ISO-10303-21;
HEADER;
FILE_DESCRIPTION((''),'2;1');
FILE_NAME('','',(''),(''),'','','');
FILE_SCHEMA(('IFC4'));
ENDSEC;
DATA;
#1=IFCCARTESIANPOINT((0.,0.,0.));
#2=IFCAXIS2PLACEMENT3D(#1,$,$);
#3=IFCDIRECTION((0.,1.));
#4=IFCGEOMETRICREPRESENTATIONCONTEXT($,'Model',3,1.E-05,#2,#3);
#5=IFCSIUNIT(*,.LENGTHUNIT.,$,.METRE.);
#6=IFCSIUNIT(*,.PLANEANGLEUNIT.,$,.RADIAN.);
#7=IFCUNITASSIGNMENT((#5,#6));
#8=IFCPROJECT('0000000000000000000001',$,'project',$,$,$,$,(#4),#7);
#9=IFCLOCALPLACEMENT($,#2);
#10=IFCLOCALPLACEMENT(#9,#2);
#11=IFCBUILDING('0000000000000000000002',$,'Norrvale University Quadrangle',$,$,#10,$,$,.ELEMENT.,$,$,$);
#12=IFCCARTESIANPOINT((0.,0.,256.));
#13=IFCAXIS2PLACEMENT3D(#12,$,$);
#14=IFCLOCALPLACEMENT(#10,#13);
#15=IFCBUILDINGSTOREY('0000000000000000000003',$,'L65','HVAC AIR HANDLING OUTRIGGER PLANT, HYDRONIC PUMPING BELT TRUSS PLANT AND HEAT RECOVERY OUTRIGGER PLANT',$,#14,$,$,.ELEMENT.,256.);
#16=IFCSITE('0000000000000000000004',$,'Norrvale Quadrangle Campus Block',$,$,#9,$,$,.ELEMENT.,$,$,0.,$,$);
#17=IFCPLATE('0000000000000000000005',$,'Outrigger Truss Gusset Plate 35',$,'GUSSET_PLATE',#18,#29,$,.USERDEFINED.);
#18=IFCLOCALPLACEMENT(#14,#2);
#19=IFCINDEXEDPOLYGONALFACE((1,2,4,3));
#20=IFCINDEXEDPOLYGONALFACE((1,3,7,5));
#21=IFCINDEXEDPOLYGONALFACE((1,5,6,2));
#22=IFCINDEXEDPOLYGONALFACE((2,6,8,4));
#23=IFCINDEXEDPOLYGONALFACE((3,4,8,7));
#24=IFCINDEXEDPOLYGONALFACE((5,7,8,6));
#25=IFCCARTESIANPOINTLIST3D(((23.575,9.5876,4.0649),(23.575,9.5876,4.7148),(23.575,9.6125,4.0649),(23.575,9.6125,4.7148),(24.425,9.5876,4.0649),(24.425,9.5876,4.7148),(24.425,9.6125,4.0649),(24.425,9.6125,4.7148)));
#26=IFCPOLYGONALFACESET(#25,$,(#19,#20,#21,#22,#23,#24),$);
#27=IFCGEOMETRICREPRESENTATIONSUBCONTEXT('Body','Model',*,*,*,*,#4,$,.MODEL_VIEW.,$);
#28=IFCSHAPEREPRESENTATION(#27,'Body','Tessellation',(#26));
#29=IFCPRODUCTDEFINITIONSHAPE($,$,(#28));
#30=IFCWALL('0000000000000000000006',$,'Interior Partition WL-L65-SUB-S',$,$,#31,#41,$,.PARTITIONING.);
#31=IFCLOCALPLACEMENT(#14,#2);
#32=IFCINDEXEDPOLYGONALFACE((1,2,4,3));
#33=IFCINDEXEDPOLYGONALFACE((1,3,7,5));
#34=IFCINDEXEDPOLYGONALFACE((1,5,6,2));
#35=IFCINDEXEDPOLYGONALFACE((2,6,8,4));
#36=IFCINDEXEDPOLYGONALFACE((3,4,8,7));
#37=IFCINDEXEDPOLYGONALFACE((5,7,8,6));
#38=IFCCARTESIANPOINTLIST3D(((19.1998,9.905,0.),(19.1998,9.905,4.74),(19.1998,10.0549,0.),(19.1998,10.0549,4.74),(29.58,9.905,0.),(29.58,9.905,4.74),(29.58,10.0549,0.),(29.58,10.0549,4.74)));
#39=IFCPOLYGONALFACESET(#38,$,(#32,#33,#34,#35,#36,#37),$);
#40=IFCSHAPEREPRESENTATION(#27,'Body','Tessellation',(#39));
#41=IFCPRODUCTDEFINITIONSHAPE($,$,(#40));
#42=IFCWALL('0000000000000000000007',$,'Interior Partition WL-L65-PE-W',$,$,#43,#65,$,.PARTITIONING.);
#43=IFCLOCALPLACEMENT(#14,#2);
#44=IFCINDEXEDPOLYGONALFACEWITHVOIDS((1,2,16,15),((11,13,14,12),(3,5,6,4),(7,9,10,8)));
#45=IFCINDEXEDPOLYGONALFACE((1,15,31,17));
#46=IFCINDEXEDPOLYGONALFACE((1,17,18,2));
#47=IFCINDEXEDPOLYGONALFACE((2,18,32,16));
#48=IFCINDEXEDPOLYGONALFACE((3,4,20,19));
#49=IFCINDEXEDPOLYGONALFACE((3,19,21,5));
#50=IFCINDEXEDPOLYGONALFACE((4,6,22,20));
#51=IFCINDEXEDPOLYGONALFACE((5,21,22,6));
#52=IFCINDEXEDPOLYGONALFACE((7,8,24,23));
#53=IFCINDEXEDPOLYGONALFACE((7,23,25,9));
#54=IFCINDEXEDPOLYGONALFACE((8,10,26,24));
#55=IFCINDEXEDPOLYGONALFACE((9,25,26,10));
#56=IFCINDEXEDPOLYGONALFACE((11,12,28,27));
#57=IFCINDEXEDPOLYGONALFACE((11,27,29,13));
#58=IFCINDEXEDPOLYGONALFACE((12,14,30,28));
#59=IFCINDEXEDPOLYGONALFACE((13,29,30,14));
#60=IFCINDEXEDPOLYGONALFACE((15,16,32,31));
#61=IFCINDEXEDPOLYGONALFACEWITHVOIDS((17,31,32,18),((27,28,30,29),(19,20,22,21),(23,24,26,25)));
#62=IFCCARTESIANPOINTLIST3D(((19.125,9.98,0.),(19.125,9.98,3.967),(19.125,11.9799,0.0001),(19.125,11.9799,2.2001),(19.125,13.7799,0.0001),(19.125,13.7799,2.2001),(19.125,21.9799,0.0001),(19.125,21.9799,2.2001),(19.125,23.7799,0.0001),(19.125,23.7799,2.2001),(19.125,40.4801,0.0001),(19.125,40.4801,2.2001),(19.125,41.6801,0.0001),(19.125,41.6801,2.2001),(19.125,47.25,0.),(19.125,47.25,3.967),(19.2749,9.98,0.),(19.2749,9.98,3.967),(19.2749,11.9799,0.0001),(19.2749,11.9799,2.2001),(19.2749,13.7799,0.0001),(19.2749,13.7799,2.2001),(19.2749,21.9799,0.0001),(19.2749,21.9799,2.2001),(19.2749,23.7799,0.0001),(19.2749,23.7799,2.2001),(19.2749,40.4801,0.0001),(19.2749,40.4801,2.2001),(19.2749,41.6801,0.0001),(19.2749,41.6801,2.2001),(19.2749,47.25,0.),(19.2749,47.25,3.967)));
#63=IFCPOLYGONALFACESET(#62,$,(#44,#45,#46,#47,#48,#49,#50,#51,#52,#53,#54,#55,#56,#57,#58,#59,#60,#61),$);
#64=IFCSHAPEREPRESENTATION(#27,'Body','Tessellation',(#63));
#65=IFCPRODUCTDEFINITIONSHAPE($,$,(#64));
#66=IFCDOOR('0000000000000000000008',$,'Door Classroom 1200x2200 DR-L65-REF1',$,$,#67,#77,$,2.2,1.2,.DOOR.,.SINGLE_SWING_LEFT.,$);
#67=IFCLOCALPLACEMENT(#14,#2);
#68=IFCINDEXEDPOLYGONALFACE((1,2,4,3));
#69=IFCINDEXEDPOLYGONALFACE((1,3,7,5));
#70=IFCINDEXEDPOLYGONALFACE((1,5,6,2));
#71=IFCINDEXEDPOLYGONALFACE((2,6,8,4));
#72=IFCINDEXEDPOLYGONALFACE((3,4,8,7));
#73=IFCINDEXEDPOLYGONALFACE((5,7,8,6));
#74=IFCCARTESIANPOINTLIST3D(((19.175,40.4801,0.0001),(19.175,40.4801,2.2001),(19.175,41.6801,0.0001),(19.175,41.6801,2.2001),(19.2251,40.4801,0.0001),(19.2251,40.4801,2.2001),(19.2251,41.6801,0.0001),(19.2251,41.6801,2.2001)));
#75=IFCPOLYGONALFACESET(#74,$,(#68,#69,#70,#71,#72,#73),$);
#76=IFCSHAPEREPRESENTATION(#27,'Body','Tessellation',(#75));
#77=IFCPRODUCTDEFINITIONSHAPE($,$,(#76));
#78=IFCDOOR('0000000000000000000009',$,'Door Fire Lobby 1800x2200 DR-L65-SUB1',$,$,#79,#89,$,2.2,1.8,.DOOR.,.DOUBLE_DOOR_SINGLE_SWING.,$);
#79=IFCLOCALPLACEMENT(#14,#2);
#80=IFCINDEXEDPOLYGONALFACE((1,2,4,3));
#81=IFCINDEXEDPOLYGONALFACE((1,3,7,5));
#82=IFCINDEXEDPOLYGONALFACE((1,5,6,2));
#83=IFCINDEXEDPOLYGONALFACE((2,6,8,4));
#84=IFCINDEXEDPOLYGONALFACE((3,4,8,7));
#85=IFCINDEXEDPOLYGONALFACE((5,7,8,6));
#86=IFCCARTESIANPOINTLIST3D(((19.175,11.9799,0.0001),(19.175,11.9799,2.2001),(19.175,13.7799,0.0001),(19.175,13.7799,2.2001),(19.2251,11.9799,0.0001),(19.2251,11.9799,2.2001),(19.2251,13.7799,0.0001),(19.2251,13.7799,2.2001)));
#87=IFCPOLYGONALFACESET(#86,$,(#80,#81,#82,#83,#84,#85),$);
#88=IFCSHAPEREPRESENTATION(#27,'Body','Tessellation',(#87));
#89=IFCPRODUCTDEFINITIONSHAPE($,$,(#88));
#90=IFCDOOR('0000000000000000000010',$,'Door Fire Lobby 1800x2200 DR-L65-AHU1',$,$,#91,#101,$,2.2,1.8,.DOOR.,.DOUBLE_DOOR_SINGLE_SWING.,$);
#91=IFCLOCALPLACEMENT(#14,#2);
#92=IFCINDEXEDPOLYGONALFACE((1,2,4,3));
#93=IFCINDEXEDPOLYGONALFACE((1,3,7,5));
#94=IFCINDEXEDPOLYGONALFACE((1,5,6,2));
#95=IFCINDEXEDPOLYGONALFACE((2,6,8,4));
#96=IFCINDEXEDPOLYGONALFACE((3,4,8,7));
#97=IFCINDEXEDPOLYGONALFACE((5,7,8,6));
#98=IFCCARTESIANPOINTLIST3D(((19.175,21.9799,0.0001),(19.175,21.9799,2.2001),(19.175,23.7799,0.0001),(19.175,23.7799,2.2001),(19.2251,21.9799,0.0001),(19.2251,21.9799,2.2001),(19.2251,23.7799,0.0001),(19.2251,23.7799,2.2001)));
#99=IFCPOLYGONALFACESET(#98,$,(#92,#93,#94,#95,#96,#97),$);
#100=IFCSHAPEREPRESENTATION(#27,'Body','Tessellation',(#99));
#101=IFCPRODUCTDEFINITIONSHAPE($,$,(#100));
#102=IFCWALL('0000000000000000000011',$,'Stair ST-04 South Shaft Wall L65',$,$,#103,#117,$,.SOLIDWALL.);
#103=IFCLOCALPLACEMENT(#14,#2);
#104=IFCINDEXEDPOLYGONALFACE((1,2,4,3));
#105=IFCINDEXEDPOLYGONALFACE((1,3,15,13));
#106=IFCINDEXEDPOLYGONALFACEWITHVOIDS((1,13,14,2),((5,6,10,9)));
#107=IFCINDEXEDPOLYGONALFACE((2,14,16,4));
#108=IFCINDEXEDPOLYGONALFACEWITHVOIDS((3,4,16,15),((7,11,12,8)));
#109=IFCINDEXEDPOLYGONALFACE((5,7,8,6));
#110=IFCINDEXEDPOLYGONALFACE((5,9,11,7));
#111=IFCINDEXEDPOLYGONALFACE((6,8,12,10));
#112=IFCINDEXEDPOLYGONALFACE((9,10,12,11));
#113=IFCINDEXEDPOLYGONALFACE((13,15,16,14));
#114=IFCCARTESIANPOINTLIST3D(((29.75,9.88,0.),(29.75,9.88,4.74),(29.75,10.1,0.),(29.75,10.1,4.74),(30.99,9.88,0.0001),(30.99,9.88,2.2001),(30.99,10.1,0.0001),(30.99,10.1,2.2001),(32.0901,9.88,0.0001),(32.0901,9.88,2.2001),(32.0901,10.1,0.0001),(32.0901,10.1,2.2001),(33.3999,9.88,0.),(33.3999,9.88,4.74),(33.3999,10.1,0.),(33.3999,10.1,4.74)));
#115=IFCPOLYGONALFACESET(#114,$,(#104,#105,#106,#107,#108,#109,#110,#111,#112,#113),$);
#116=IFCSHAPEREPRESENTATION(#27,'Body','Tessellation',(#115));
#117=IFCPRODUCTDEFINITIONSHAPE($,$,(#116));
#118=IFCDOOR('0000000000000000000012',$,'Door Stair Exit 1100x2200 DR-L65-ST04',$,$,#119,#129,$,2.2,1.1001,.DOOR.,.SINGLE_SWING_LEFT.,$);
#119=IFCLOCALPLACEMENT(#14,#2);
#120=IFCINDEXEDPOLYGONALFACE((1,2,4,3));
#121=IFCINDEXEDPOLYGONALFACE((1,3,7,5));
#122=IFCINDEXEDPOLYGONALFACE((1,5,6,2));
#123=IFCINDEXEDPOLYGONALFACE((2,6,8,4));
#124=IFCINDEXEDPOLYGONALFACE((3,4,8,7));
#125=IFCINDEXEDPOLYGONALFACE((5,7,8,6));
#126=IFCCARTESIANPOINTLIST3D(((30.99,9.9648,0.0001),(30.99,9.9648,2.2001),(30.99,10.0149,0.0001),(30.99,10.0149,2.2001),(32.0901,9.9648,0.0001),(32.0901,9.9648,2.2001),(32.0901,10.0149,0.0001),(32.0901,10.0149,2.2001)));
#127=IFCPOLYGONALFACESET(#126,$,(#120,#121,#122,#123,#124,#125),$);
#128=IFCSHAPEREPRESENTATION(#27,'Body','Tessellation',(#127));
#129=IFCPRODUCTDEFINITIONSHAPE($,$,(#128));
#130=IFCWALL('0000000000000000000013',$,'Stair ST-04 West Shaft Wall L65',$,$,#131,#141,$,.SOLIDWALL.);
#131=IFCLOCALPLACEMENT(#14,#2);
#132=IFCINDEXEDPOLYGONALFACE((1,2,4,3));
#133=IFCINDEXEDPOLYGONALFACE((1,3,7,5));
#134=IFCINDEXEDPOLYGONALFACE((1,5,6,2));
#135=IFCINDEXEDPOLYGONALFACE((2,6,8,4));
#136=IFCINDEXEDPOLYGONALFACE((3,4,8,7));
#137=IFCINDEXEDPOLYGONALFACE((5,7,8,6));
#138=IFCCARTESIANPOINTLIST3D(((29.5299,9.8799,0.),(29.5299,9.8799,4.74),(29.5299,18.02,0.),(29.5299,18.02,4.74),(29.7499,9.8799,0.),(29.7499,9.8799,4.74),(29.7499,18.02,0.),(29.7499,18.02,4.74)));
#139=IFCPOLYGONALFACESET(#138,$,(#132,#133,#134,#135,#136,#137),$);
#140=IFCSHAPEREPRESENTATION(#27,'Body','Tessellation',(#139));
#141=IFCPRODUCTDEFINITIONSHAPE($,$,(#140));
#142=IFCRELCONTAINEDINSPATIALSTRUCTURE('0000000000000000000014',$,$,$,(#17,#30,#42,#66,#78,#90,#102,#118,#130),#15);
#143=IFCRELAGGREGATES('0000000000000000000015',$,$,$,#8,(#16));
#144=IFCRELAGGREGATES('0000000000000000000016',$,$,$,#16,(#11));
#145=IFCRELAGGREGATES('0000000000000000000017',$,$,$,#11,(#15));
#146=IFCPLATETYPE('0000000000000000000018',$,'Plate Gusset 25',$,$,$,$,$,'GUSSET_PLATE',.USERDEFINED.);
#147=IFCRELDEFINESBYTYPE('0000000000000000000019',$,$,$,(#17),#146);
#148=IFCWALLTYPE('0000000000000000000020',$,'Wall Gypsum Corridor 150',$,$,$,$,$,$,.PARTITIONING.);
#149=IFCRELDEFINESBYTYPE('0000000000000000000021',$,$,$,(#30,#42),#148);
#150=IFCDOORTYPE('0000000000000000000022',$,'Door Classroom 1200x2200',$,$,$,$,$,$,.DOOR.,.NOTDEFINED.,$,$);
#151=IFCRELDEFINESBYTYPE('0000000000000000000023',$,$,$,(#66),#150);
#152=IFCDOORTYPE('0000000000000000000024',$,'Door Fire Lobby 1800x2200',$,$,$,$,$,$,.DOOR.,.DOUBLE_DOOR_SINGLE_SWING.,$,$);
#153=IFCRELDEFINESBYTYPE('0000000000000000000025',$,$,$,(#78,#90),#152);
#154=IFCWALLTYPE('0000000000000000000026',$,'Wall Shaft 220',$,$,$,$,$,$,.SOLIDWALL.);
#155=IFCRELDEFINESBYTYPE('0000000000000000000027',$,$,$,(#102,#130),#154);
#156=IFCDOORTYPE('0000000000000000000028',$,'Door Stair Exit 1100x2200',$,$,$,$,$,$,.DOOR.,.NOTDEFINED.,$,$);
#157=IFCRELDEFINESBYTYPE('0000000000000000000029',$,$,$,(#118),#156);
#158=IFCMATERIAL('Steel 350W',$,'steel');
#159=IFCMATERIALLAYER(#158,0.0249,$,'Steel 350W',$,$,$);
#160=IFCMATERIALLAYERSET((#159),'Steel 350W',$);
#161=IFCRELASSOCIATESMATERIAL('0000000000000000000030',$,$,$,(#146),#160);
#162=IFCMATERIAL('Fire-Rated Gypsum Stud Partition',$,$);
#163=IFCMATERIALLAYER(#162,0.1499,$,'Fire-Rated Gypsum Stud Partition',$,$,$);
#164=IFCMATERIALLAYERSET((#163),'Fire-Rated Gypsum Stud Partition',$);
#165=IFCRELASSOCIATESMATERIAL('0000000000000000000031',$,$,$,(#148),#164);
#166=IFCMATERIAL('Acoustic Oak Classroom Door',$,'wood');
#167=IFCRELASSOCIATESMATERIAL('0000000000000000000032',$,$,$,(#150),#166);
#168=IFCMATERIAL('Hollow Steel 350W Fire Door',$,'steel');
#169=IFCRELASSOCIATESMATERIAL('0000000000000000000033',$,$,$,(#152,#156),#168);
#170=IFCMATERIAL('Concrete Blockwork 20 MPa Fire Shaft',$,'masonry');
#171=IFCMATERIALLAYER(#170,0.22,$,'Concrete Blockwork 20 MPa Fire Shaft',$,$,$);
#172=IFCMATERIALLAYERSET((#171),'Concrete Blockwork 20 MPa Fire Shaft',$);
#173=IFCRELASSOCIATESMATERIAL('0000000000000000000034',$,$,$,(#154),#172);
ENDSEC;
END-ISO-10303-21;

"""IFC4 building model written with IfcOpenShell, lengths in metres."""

from ifc_helpers import new_model, si_unit, direction, frame, frame_2d, origin, origin_2d, place, context, subcontext, project, spatial, rectangle, extrude, material, layer, layer_set, type_object, element, fill, save


model = new_model("IFC4")

# Units and contexts
model_context = context("Model", 3, precision=1e-05, world=origin(), true_north=direction((0.0, 1.0)))
body_context = subcontext(model_context, "Body", "Model", "MODEL_VIEW")
ifc_project = project(units=[si_unit("LENGTHUNIT", "METRE"), si_unit("PLANEANGLEUNIT", "RADIAN")], contexts=[model_context])

# Site, building, storey
site_placement = place(None, origin())
site = spatial("IfcSite", under=ifc_project, at=site_placement, Name="Norrvale Quadrangle Campus Block", CompositionType="ELEMENT", RefElevation=0.0)
building_placement = place(site_placement, origin())
building = spatial("IfcBuilding", under=site, at=building_placement, Name="Norrvale University Quadrangle", CompositionType="ELEMENT")
storey_placement = place(building_placement, frame((0.0, 0.0, 256.0)))
storey = spatial("IfcBuildingStorey", under=building, at=storey_placement, Name="L65", Description="HVAC AIR HANDLING OUTRIGGER PLANT, HYDRONIC PUMPING BELT TRUSS PLANT AND HEAT RECOVERY OUTRIGGER PLANT", CompositionType="ELEMENT", Elevation=256.0)

# Shared definitions
ifc_material_1 = material(Name="Steel 350W", Category="steel")

# Plate
ifc_layer_1 = layer(ifc_material_1, 0.0249, Name="Steel 350W")
ifc_layer_set_1 = layer_set([ifc_layer_1], Name="Steel 350W")
plate_type = type_object("IfcPlateType", Name="Plate Gusset 25", ElementType="GUSSET_PLATE", PredefinedType="USERDEFINED", material=ifc_layer_set_1)
plate_placement = place(storey_placement, frame((24.0, 9.6001, 4.0649), z_axis=(0.0, 0.0, 1.0), x_axis=(1.0, 0.0, 0.0)))
element("IfcPlate", 1, at=plate_placement, inside=storey, type_object=plate_type, Name="Outrigger Truss Gusset Plate 35", ObjectType="GUSSET_PLATE", PredefinedType="USERDEFINED", context=body_context, shape_type="SweptSolid", body=[
    extrude(rectangle(XDim=0.8501, YDim=0.0249, at=origin_2d()), origin(), (0.0, 0.0, 1.0), 0.6499),
])

# Wall
ifc_material_2 = material(Name="Fire-Rated Gypsum Stud Partition")
ifc_layer_2 = layer(ifc_material_2, 0.1499, Name="Fire-Rated Gypsum Stud Partition")
ifc_layer_set_2 = layer_set([ifc_layer_2], Name="Fire-Rated Gypsum Stud Partition")
wall_type_1 = type_object("IfcWallType", Name="Wall Gypsum Corridor 150", PredefinedType="PARTITIONING", material=ifc_layer_set_2)
wall_1_placement = place(storey_placement, frame((19.2, 9.98, 0.0), z_axis=(0.0, 0.0, 1.0), x_axis=(1.0, 0.0, 0.0)))
element("IfcWall", 2, at=wall_1_placement, inside=storey, type_object=wall_type_1, Name="Interior Partition WL-L65-SUB-S", PredefinedType="PARTITIONING", context=body_context, shape_type="SweptSolid", body=[
    extrude(rectangle(XDim=10.3801, YDim=0.1499, at=frame_2d((5.1899, 0.0))), origin(), (0.0, 0.0, 1.0), 4.74),
])

# Wall, openings, doors
wall_2_placement = place(storey_placement, frame((19.2, 9.98, 0.0), z_axis=(0.0, 0.0, 1.0), x_axis=(0.0, 1.0, 0.0)))
wall_2 = element("IfcWall", 3, at=wall_2_placement, inside=storey, type_object=wall_type_1, Name="Interior Partition WL-L65-PE-W", PredefinedType="PARTITIONING", context=body_context, shape_type="SweptSolid", body=[
    extrude(rectangle(XDim=37.27, YDim=0.1499, at=frame_2d((18.635, 0.0))), origin(), (0.0, 0.0, 1.0), 3.967),
])
opening_1_placement = place(wall_2_placement, frame((2.0, 0.0, 0.0)))
opening_1 = element("IfcOpeningElement", 4, at=opening_1_placement, cuts=wall_2, PredefinedType="OPENING", context=body_context, shape_type="SweptSolid", body=[
    extrude(rectangle(XDim=1.8, YDim=2.2, at=frame_2d((0.8999, 1.1001))), frame((0.0, 0.0869, 0.0), z_axis=(0.0, -1.0, 0.0), x_axis=(1.0, 0.0, 0.0)), (0.0, 0.0, 1.0), 0.1738),
])
opening_2_placement = place(wall_2_placement, frame((12.0, 0.0, 0.0)))
opening_2 = element("IfcOpeningElement", 5, at=opening_2_placement, cuts=wall_2, PredefinedType="OPENING", context=body_context, shape_type="SweptSolid", body=[
    extrude(rectangle(XDim=1.8, YDim=2.2, at=frame_2d((0.8999, 1.1001))), frame((0.0, 0.0869, 0.0), z_axis=(0.0, -1.0, 0.0), x_axis=(1.0, 0.0, 0.0)), (0.0, 0.0, 1.0), 0.1738),
])
opening_3_placement = place(wall_2_placement, frame((30.5, 0.0, 0.0)))
opening_3 = element("IfcOpeningElement", 6, at=opening_3_placement, cuts=wall_2, PredefinedType="OPENING", context=body_context, shape_type="SweptSolid", body=[
    extrude(rectangle(XDim=1.2, YDim=2.2, at=frame_2d((0.6001, 1.1001))), frame((0.0, 0.0869, 0.0), z_axis=(0.0, -1.0, 0.0), x_axis=(1.0, 0.0, 0.0)), (0.0, 0.0, 1.0), 0.1738),
])
ifc_material_3 = material(Name="Acoustic Oak Classroom Door", Category="wood")
door_type_1 = type_object("IfcDoorType", Name="Door Classroom 1200x2200", OperationType="NOTDEFINED", PredefinedType="DOOR", material=ifc_material_3)
door_1_placement = place(opening_3_placement, origin())
door_1 = element("IfcDoor", 7, at=door_1_placement, inside=storey, type_object=door_type_1, Name="Door Classroom 1200x2200 DR-L65-REF1", OperationType="SINGLE_SWING_LEFT", OverallHeight=2.2, OverallWidth=1.2, PredefinedType="DOOR", context=body_context, shape_type="SweptSolid", body=[
    extrude(rectangle(XDim=1.2, YDim=2.2, at=frame_2d((0.6001, 1.1001))), frame((0.0, 0.0249, 0.0), z_axis=(0.0, -1.0, 0.0), x_axis=(1.0, 0.0, 0.0)), (0.0, 0.0, 1.0), 0.05),
])
fill(opening_3, door_1)
ifc_material_4 = material(Name="Hollow Steel 350W Fire Door", Category="steel")
door_type_2 = type_object("IfcDoorType", Name="Door Fire Lobby 1800x2200", OperationType="DOUBLE_DOOR_SINGLE_SWING", PredefinedType="DOOR", material=ifc_material_4)
door_2_placement = place(opening_1_placement, origin())
door_2 = element("IfcDoor", 8, at=door_2_placement, inside=storey, type_object=door_type_2, Name="Door Fire Lobby 1800x2200 DR-L65-SUB1", OperationType="DOUBLE_DOOR_SINGLE_SWING", OverallHeight=2.2, OverallWidth=1.8, PredefinedType="DOOR", context=body_context, shape_type="SweptSolid", body=[
    extrude(rectangle(XDim=1.8, YDim=2.2, at=frame_2d((0.8999, 1.1001))), frame((0.0, 0.0249, 0.0), z_axis=(0.0, -1.0, 0.0), x_axis=(1.0, 0.0, 0.0)), (0.0, 0.0, 1.0), 0.05),
])
fill(opening_1, door_2)
door_3_placement = place(opening_2_placement, origin())
door_3 = element("IfcDoor", 9, at=door_3_placement, inside=storey, type_object=door_type_2, Name="Door Fire Lobby 1800x2200 DR-L65-AHU1", OperationType="DOUBLE_DOOR_SINGLE_SWING", OverallHeight=2.2, OverallWidth=1.8, PredefinedType="DOOR", context=body_context, shape_type="SweptSolid", body=[
    extrude(rectangle(XDim=1.8, YDim=2.2, at=frame_2d((0.8999, 1.1001))), frame((0.0, 0.0249, 0.0), z_axis=(0.0, -1.0, 0.0), x_axis=(1.0, 0.0, 0.0)), (0.0, 0.0, 1.0), 0.05),
])
fill(opening_2, door_3)

# Wall, opening, door
ifc_material_5 = material(Name="Concrete Blockwork 20 MPa Fire Shaft", Category="masonry")
ifc_layer_3 = layer(ifc_material_5, 0.22, Name="Concrete Blockwork 20 MPa Fire Shaft")
ifc_layer_set_3 = layer_set([ifc_layer_3], Name="Concrete Blockwork 20 MPa Fire Shaft")
wall_type_2 = type_object("IfcWallType", Name="Wall Shaft 220", PredefinedType="SOLIDWALL", material=ifc_layer_set_3)
wall_3_placement = place(storey_placement, frame((29.75, 9.99, 0.0), z_axis=(0.0, 0.0, 1.0), x_axis=(1.0, 0.0, 0.0)))
wall_3 = element("IfcWall", 10, at=wall_3_placement, inside=storey, type_object=wall_type_2, Name="Stair ST-04 South Shaft Wall L65", PredefinedType="SOLIDWALL", context=body_context, shape_type="SweptSolid", body=[
    extrude(rectangle(XDim=3.6499, YDim=0.22, at=frame_2d((1.825, 0.0))), origin(), (0.0, 0.0, 1.0), 4.74),
])
opening_4_placement = place(wall_3_placement, frame((1.24, 0.0, 0.0)))
opening_4 = element("IfcOpeningElement", 11, at=opening_4_placement, cuts=wall_3, PredefinedType="OPENING", context=body_context, shape_type="SweptSolid", body=[
    extrude(rectangle(XDim=1.1001, YDim=2.2, at=frame_2d((0.55, 1.1001))), frame((0.0, 0.1221, 0.0), z_axis=(0.0, -1.0, 0.0), x_axis=(1.0, 0.0, 0.0)), (0.0, 0.0, 1.0), 0.2439),
])
door_type_3 = type_object("IfcDoorType", Name="Door Stair Exit 1100x2200", OperationType="NOTDEFINED", PredefinedType="DOOR", material=ifc_material_4)
door_4_placement = place(opening_4_placement, origin())
door_4 = element("IfcDoor", 12, at=door_4_placement, inside=storey, type_object=door_type_3, Name="Door Stair Exit 1100x2200 DR-L65-ST04", OperationType="SINGLE_SWING_LEFT", OverallHeight=2.2, OverallWidth=1.1001, PredefinedType="DOOR", context=body_context, shape_type="SweptSolid", body=[
    extrude(rectangle(XDim=1.1001, YDim=2.2, at=frame_2d((0.55, 1.1001))), frame((0.0, 0.0249, 0.0), z_axis=(0.0, -1.0, 0.0), x_axis=(1.0, 0.0, 0.0)), (0.0, 0.0, 1.0), 0.05),
])
fill(opening_4, door_4)

# Wall
wall_4_placement = place(storey_placement, frame((29.6399, 9.8799, 0.0), z_axis=(0.0, 0.0, 1.0), x_axis=(0.0, 1.0, 0.0)))
element("IfcWall", 13, at=wall_4_placement, inside=storey, type_object=wall_type_2, Name="Stair ST-04 West Shaft Wall L65", PredefinedType="SOLIDWALL", context=body_context, shape_type="SweptSolid", body=[
    extrude(rectangle(XDim=8.1401, YDim=0.22, at=frame_2d((4.0701, 0.0))), origin(), (0.0, 0.0, 1.0), 4.74),
])

save(model, "model.ifc")
